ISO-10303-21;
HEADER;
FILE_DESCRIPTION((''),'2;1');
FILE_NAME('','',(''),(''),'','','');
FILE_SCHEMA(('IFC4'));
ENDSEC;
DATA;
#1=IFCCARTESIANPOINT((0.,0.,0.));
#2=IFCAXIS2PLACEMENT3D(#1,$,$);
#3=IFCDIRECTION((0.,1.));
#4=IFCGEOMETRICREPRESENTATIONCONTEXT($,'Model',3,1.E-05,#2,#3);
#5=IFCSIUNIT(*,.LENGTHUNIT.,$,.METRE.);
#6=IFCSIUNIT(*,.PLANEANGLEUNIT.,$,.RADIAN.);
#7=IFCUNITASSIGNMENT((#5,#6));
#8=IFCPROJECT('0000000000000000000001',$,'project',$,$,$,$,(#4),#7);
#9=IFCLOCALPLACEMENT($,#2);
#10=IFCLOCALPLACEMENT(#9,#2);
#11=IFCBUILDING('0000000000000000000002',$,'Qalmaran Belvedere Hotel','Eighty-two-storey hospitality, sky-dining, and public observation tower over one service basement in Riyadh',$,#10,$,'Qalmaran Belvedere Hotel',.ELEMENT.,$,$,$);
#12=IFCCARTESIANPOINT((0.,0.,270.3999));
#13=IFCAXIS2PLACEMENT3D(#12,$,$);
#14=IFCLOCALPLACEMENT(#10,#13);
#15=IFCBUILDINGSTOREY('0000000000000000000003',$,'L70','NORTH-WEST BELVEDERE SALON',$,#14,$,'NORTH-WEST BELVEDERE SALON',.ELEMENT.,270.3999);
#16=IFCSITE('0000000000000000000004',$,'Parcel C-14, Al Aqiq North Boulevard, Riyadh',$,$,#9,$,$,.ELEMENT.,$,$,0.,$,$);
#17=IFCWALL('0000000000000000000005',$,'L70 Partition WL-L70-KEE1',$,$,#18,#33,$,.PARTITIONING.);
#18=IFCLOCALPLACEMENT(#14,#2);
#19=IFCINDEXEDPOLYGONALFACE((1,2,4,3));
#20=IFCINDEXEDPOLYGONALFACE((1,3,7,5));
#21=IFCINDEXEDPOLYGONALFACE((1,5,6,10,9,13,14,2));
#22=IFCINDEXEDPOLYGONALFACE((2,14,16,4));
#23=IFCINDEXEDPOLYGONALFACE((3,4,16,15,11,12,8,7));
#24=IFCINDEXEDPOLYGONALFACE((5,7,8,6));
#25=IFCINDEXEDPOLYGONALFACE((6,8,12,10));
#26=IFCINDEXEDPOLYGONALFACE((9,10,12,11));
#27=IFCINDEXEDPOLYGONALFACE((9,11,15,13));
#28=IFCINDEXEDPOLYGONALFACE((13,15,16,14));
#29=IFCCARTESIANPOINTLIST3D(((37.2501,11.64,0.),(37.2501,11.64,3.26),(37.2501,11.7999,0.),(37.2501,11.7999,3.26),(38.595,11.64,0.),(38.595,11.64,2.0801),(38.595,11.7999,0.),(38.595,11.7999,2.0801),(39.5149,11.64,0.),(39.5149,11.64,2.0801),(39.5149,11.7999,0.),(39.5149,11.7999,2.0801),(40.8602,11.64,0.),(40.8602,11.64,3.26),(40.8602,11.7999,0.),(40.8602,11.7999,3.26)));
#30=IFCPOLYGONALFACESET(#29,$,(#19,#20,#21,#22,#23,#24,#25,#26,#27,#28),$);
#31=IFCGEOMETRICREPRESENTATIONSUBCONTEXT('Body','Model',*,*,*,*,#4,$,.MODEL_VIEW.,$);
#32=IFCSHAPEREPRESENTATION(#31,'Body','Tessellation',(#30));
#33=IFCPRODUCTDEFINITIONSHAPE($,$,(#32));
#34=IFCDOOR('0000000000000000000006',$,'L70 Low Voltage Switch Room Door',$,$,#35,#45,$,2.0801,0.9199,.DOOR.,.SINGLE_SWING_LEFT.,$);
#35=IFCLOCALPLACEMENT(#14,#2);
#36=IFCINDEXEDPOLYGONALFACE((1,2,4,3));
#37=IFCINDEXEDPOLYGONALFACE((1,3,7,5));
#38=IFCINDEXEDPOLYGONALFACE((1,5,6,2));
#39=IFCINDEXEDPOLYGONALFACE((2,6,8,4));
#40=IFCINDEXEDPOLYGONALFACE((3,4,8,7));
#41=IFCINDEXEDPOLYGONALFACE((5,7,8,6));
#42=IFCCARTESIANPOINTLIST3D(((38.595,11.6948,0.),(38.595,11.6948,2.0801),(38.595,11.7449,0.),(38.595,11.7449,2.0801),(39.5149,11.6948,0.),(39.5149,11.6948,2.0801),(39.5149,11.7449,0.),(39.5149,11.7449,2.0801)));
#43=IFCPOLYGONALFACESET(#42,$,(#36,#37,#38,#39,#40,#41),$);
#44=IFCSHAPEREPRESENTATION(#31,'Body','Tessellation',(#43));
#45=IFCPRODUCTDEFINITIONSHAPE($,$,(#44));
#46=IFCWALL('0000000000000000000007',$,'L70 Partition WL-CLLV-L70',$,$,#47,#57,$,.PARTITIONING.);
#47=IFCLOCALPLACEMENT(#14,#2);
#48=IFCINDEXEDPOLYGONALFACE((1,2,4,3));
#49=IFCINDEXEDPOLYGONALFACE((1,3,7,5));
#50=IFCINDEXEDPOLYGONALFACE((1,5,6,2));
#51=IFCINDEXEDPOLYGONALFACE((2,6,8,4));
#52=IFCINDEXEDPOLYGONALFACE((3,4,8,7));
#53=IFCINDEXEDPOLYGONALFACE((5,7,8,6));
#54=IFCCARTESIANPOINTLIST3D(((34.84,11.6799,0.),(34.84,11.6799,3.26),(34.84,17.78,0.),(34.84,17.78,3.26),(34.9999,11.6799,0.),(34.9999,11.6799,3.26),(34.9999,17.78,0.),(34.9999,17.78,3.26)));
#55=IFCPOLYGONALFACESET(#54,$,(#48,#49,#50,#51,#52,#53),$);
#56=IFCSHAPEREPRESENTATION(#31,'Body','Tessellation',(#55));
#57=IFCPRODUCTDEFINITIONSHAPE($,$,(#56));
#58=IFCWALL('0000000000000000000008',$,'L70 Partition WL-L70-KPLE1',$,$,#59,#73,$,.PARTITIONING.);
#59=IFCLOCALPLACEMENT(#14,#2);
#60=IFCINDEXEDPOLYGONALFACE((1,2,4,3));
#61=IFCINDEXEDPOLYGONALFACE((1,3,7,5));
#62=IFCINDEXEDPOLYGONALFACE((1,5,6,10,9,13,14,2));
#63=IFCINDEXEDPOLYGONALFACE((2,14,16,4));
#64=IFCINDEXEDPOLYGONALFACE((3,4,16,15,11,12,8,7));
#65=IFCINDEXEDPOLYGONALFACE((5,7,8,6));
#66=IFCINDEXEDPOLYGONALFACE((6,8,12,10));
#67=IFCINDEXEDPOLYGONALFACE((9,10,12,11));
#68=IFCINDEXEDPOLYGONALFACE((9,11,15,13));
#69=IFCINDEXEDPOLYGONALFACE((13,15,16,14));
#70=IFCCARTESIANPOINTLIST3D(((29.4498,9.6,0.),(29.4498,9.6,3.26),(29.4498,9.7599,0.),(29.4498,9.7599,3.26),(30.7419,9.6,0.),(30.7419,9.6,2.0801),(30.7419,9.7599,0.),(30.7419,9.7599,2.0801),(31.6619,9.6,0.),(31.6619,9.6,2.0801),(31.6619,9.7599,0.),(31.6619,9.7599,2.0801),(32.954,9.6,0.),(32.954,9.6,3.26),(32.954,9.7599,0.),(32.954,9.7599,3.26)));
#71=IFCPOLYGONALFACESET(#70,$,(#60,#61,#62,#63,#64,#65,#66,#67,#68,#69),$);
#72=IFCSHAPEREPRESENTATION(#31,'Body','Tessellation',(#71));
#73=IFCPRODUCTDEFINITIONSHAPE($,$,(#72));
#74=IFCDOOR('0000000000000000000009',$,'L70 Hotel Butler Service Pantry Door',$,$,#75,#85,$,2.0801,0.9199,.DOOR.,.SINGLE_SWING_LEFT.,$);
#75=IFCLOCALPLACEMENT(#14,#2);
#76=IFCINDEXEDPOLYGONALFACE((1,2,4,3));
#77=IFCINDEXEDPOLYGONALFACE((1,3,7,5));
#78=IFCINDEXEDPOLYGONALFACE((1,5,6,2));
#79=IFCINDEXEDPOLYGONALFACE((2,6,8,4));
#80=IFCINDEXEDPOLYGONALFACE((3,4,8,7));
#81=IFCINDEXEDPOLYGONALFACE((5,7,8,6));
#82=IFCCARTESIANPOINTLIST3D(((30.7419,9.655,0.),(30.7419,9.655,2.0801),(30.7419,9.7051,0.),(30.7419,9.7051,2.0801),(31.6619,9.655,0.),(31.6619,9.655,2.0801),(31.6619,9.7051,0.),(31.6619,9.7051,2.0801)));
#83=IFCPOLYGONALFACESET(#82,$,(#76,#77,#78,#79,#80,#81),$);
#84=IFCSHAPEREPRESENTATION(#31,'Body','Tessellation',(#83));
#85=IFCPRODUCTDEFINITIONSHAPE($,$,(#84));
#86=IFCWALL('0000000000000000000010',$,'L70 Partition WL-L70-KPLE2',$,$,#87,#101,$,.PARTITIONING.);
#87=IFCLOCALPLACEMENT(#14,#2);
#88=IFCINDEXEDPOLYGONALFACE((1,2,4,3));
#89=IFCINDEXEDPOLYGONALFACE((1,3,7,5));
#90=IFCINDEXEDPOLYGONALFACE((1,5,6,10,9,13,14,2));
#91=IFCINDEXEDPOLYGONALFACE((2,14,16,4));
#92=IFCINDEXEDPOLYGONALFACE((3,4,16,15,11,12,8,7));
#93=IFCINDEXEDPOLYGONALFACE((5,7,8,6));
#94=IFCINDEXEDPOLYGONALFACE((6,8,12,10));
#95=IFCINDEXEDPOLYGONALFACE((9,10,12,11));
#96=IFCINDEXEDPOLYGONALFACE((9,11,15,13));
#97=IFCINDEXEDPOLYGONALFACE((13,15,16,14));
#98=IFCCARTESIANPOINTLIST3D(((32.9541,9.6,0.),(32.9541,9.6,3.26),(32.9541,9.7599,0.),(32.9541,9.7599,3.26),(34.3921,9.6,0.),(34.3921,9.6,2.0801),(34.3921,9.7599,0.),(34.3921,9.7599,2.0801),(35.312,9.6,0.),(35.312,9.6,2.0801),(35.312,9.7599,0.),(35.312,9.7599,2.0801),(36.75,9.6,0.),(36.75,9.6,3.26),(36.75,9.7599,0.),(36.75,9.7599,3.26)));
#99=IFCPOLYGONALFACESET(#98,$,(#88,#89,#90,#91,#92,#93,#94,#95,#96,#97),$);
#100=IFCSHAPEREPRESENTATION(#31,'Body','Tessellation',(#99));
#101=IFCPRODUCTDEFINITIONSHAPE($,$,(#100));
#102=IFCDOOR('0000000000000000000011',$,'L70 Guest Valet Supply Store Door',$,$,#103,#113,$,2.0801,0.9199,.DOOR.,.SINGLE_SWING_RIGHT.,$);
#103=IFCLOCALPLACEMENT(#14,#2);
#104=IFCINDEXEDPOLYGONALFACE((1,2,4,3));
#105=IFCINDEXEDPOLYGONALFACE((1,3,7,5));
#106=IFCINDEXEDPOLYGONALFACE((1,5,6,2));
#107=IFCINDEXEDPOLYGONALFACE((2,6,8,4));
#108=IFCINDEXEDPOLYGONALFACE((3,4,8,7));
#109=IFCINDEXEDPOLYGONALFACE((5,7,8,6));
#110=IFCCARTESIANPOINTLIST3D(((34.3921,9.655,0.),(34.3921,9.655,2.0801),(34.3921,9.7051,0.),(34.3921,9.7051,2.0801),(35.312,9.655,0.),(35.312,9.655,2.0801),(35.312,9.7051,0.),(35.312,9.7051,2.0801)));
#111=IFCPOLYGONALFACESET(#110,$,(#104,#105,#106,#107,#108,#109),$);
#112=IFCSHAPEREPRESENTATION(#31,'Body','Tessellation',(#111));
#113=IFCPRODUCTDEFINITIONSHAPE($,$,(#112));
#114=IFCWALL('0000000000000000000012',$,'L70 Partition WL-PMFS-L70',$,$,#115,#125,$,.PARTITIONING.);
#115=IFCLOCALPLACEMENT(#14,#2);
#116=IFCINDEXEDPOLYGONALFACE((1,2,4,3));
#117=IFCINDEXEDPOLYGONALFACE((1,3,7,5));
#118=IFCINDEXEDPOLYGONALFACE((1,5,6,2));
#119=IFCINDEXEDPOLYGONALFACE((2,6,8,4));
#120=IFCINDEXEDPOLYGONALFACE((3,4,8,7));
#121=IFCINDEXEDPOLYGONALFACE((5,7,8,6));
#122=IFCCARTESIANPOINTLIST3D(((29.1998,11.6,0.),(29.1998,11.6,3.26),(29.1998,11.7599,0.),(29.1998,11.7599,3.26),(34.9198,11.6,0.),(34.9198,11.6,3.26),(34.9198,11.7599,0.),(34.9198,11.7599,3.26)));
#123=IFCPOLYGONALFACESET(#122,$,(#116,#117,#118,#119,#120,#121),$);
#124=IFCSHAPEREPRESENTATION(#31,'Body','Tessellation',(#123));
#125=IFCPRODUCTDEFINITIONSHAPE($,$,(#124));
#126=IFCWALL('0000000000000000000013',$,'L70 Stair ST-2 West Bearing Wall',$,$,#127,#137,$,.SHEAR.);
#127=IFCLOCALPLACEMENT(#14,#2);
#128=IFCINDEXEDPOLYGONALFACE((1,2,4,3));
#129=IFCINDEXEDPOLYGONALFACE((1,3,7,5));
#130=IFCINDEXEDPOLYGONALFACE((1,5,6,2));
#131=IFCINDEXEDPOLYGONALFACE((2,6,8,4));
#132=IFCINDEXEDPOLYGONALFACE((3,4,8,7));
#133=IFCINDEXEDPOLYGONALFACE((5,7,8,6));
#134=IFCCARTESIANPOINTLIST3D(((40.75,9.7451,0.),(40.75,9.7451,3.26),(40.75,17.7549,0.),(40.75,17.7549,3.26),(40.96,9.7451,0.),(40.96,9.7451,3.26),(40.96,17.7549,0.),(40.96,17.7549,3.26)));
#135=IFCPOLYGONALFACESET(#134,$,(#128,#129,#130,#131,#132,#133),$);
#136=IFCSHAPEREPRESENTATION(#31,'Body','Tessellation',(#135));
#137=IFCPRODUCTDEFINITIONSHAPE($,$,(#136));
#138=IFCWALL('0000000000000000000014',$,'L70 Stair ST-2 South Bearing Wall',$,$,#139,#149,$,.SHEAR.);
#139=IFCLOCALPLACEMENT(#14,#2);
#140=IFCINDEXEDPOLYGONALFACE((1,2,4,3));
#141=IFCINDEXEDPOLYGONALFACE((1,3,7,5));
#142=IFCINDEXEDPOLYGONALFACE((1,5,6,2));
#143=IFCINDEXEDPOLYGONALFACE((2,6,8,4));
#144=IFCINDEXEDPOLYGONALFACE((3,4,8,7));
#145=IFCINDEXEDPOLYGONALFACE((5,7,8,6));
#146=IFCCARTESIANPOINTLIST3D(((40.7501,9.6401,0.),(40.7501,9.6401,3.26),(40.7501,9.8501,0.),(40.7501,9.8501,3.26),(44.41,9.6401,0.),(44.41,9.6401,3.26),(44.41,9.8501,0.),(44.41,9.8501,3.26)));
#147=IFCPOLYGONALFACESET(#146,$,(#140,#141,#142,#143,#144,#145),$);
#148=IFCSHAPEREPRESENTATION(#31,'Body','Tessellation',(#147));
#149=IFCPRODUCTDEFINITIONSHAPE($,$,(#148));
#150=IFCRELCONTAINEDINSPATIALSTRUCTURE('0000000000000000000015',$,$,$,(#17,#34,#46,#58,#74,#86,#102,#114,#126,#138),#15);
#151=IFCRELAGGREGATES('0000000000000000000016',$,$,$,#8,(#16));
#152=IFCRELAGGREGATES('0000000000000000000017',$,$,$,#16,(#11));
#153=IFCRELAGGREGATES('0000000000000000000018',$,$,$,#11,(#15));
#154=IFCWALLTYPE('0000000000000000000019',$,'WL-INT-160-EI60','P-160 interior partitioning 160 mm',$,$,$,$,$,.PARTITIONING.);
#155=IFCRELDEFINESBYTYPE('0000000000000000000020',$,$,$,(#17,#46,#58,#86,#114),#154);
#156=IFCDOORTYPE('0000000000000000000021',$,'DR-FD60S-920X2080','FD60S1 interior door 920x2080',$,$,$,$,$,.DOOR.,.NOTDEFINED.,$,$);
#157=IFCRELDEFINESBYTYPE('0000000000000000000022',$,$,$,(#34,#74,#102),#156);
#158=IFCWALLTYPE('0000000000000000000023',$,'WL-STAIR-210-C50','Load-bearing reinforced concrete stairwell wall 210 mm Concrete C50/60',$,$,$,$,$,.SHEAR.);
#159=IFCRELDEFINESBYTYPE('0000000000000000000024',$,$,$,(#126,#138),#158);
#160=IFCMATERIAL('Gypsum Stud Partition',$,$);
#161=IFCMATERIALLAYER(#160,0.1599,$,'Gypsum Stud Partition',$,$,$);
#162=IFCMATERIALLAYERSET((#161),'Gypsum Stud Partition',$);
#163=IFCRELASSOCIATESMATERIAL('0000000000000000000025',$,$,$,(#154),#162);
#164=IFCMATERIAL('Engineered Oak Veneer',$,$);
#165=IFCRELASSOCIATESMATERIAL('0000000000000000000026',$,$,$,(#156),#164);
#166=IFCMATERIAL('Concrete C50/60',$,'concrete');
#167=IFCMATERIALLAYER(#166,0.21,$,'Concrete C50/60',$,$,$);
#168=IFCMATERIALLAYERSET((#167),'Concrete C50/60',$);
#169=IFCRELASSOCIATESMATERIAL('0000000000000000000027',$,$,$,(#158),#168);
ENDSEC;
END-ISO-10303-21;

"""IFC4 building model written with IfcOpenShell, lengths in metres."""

from ifc_helpers import new_model, si_unit, direction, frame, frame_2d, origin, place, context, subcontext, project, spatial, rectangle, extrude, material, layer, layer_set, type_object, element, fill, save


model = new_model("IFC4")

# Units and contexts
model_context = context("Model", 3, precision=1e-05, world=origin(), true_north=direction((0.0, 1.0)))
body_context = subcontext(model_context, "Body", "Model", "MODEL_VIEW")
ifc_project = project(units=[si_unit("LENGTHUNIT", "METRE"), si_unit("PLANEANGLEUNIT", "RADIAN")], contexts=[model_context])

# Site, building, storey
site_placement = place(None, origin())
site = spatial("IfcSite", under=ifc_project, at=site_placement, Name="Parcel C-14, Al Aqiq North Boulevard, Riyadh", CompositionType="ELEMENT", RefElevation=0.0)
building_placement = place(site_placement, origin())
building = spatial("IfcBuilding", under=site, at=building_placement, Name="Qalmaran Belvedere Hotel", Description="Eighty-two-storey hospitality, sky-dining, and public observation tower over one service basement in Riyadh", LongName="Qalmaran Belvedere Hotel", CompositionType="ELEMENT")
storey_placement = place(building_placement, frame((0.0, 0.0, 270.3999)))
storey = spatial("IfcBuildingStorey", under=building, at=storey_placement, Name="L70", Description="NORTH-WEST BELVEDERE SALON", LongName="NORTH-WEST BELVEDERE SALON", CompositionType="ELEMENT", Elevation=270.3999)

# Shared definitions
ifc_material_1 = material(Name="Concrete C50/60", Category="concrete")

# Shared definitions
ifc_material_2 = material(Name="Gypsum Stud Partition")

# Wall, opening, door
ifc_layer_1 = layer(ifc_material_2, 0.1599, Name="Gypsum Stud Partition")
ifc_layer_set_1 = layer_set([ifc_layer_1], Name="Gypsum Stud Partition")
wall_type_1 = type_object("IfcWallType", Name="WL-INT-160-EI60", Description="P-160 interior partitioning 160 mm", PredefinedType="PARTITIONING", material=ifc_layer_set_1)
ifc_material_3 = material(Name="Engineered Oak Veneer")
door_type_1 = type_object("IfcDoorType", Name="DR-FD60S-920X2080", Description="FD60S1 interior door 920x2080", OperationType="NOTDEFINED", PredefinedType="DOOR", material=ifc_material_3)
wall_1_placement = place(storey_placement, frame((37.25, 11.72, 0.0), z_axis=(0.0, 0.0, 1.0), x_axis=(1.0, 0.0, 0.0)))
wall_1 = element("IfcWall", 1, at=wall_1_placement, inside=storey, type_object=wall_type_1, Name="L70 Partition WL-L70-KEE1", PredefinedType="PARTITIONING", context=body_context, shape_type="SweptSolid", body=[
    extrude(rectangle(XDim=3.6101, YDim=0.1599, at=frame_2d((1.8052, 0.0))), origin(), (0.0, 0.0, 1.0), 3.26),
])
opening_1_placement = place(wall_1_placement, frame((1.345, 0.0, 0.0)))
opening_1 = element("IfcOpeningElement", 2, at=opening_1_placement, cuts=wall_1, PredefinedType="OPENING", context=body_context, shape_type="SweptSolid", body=[
    extrude(rectangle(XDim=0.9199, YDim=2.0801, at=frame_2d((0.46, 1.04))), frame((0.0, 0.0898, 0.0), z_axis=(0.0, -1.0, 0.0), x_axis=(1.0, 0.0, 0.0)), (0.0, 0.0, 1.0), 0.1799),
])
door_1_placement = place(opening_1_placement, origin())
door_1 = element("IfcDoor", 3, at=door_1_placement, inside=storey, type_object=door_type_1, Name="L70 Low Voltage Switch Room Door", OperationType="SINGLE_SWING_LEFT", OverallHeight=2.0801, OverallWidth=0.9199, PredefinedType="DOOR", context=body_context, shape_type="SweptSolid", body=[
    extrude(rectangle(XDim=0.9199, YDim=2.0801, at=frame_2d((0.46, 1.04))), frame((0.0, 0.0249, 0.0), z_axis=(0.0, -1.0, 0.0), x_axis=(1.0, 0.0, 0.0)), (0.0, 0.0, 1.0), 0.05),
])
fill(opening_1, door_1)

# Wall
wall_2_placement = place(storey_placement, frame((34.9199, 11.6799, 0.0), z_axis=(0.0, 0.0, 1.0), x_axis=(0.0, 1.0, 0.0)))
element("IfcWall", 4, at=wall_2_placement, inside=storey, type_object=wall_type_1, Name="L70 Partition WL-CLLV-L70", PredefinedType="PARTITIONING", context=body_context, shape_type="SweptSolid", body=[
    extrude(rectangle(XDim=6.1001, YDim=0.1599, at=frame_2d((3.05, 0.0))), origin(), (0.0, 0.0, 1.0), 3.26),
])

# Walls, openings, doors
wall_3_placement = place(storey_placement, frame((29.45, 9.6799, 0.0), z_axis=(0.0, 0.0, 1.0), x_axis=(1.0, 0.0, 0.0)))
wall_3 = element("IfcWall", 5, at=wall_3_placement, inside=storey, type_object=wall_type_1, Name="L70 Partition WL-L70-KPLE1", PredefinedType="PARTITIONING", context=body_context, shape_type="SweptSolid", body=[
    extrude(rectangle(XDim=3.5042, YDim=0.1599, at=frame_2d((1.752, 0.0))), origin(), (0.0, 0.0, 1.0), 3.26),
])
opening_2_placement = place(wall_3_placement, frame((2.2119, 0.0, 0.0), z_axis=(0.0, 0.0, 1.0), x_axis=(-1.0, 0.0, 0.0)))
opening_2 = element("IfcOpeningElement", 6, at=opening_2_placement, cuts=wall_3, PredefinedType="OPENING", context=body_context, shape_type="SweptSolid", body=[
    extrude(rectangle(XDim=0.9199, YDim=2.0801, at=frame_2d((0.46, 1.04))), frame((0.0, 0.0898, 0.0), z_axis=(0.0, -1.0, 0.0), x_axis=(1.0, 0.0, 0.0)), (0.0, 0.0, 1.0), 0.1799),
])
door_2_placement = place(opening_2_placement, origin())
door_2 = element("IfcDoor", 7, at=door_2_placement, inside=storey, type_object=door_type_1, Name="L70 Hotel Butler Service Pantry Door", OperationType="SINGLE_SWING_LEFT", OverallHeight=2.0801, OverallWidth=0.9199, PredefinedType="DOOR", context=body_context, shape_type="SweptSolid", body=[
    extrude(rectangle(XDim=0.9199, YDim=2.0801, at=frame_2d((0.46, 1.04))), frame((0.0, 0.0249, 0.0), z_axis=(0.0, -1.0, 0.0), x_axis=(1.0, 0.0, 0.0)), (0.0, 0.0, 1.0), 0.05),
])
fill(opening_2, door_2)
wall_4_placement = place(storey_placement, frame((32.9541, 9.6799, 0.0), z_axis=(0.0, 0.0, 1.0), x_axis=(1.0, 0.0, 0.0)))
wall_4 = element("IfcWall", 8, at=wall_4_placement, inside=storey, type_object=wall_type_1, Name="L70 Partition WL-L70-KPLE2", PredefinedType="PARTITIONING", context=body_context, shape_type="SweptSolid", body=[
    extrude(rectangle(XDim=3.7959, YDim=0.1599, at=frame_2d((1.8979, 0.0))), origin(), (0.0, 0.0, 1.0), 3.26),
])
opening_3_placement = place(wall_4_placement, frame((2.3579, 0.0, 0.0), z_axis=(0.0, 0.0, 1.0), x_axis=(-1.0, 0.0, 0.0)))
opening_3 = element("IfcOpeningElement", 9, at=opening_3_placement, cuts=wall_4, PredefinedType="OPENING", context=body_context, shape_type="SweptSolid", body=[
    extrude(rectangle(XDim=0.9199, YDim=2.0801, at=frame_2d((0.46, 1.04))), frame((0.0, 0.0898, 0.0), z_axis=(0.0, -1.0, 0.0), x_axis=(1.0, 0.0, 0.0)), (0.0, 0.0, 1.0), 0.1799),
])
door_3_placement = place(opening_3_placement, origin())
door_3 = element("IfcDoor", 10, at=door_3_placement, inside=storey, type_object=door_type_1, Name="L70 Guest Valet Supply Store Door", OperationType="SINGLE_SWING_RIGHT", OverallHeight=2.0801, OverallWidth=0.9199, PredefinedType="DOOR", context=body_context, shape_type="SweptSolid", body=[
    extrude(rectangle(XDim=0.9199, YDim=2.0801, at=frame_2d((0.46, 1.04))), frame((0.0, 0.0249, 0.0), z_axis=(0.0, -1.0, 0.0), x_axis=(1.0, 0.0, 0.0)), (0.0, 0.0, 1.0), 0.05),
])
fill(opening_3, door_3)

# Walls
wall_5_placement = place(storey_placement, frame((29.2, 11.6799, 0.0), z_axis=(0.0, 0.0, 1.0), x_axis=(1.0, 0.0, 0.0)))
element("IfcWall", 11, at=wall_5_placement, inside=storey, type_object=wall_type_1, Name="L70 Partition WL-PMFS-L70", PredefinedType="PARTITIONING", context=body_context, shape_type="SweptSolid", body=[
    extrude(rectangle(XDim=5.72, YDim=0.1599, at=frame_2d((2.8599, 0.0))), origin(), (0.0, 0.0, 1.0), 3.26),
])
ifc_layer_2 = layer(ifc_material_1, 0.21, Name="Concrete C50/60")
ifc_layer_set_2 = layer_set([ifc_layer_2], Name="Concrete C50/60")
wall_type_2 = type_object("IfcWallType", Name="WL-STAIR-210-C50", Description="Load-bearing reinforced concrete stairwell wall 210 mm Concrete C50/60", PredefinedType="SHEAR", material=ifc_layer_set_2)
wall_6_placement = place(storey_placement, frame((40.855, 9.7451, 0.0), z_axis=(0.0, 0.0, 1.0), x_axis=(0.0, 1.0, 0.0)))
element("IfcWall", 12, at=wall_6_placement, inside=storey, type_object=wall_type_2, Name="L70 Stair ST-2 West Bearing Wall", PredefinedType="SHEAR", context=body_context, shape_type="SweptSolid", body=[
    extrude(rectangle(XDim=8.0098, YDim=0.21, at=frame_2d((4.0049, 0.0))), origin(), (0.0, 0.0, 1.0), 3.26),
])
wall_7_placement = place(storey_placement, frame((40.75, 9.7451, 0.0), z_axis=(0.0, 0.0, 1.0), x_axis=(1.0, 0.0, 0.0)))
element("IfcWall", 13, at=wall_7_placement, inside=storey, type_object=wall_type_2, Name="L70 Stair ST-2 South Bearing Wall", PredefinedType="SHEAR", context=body_context, shape_type="SweptSolid", body=[
    extrude(rectangle(XDim=3.6599, YDim=0.21, at=frame_2d((1.8301, 0.0))), origin(), (0.0, 0.0, 1.0), 3.26),
])

save(model, "model.ifc")
